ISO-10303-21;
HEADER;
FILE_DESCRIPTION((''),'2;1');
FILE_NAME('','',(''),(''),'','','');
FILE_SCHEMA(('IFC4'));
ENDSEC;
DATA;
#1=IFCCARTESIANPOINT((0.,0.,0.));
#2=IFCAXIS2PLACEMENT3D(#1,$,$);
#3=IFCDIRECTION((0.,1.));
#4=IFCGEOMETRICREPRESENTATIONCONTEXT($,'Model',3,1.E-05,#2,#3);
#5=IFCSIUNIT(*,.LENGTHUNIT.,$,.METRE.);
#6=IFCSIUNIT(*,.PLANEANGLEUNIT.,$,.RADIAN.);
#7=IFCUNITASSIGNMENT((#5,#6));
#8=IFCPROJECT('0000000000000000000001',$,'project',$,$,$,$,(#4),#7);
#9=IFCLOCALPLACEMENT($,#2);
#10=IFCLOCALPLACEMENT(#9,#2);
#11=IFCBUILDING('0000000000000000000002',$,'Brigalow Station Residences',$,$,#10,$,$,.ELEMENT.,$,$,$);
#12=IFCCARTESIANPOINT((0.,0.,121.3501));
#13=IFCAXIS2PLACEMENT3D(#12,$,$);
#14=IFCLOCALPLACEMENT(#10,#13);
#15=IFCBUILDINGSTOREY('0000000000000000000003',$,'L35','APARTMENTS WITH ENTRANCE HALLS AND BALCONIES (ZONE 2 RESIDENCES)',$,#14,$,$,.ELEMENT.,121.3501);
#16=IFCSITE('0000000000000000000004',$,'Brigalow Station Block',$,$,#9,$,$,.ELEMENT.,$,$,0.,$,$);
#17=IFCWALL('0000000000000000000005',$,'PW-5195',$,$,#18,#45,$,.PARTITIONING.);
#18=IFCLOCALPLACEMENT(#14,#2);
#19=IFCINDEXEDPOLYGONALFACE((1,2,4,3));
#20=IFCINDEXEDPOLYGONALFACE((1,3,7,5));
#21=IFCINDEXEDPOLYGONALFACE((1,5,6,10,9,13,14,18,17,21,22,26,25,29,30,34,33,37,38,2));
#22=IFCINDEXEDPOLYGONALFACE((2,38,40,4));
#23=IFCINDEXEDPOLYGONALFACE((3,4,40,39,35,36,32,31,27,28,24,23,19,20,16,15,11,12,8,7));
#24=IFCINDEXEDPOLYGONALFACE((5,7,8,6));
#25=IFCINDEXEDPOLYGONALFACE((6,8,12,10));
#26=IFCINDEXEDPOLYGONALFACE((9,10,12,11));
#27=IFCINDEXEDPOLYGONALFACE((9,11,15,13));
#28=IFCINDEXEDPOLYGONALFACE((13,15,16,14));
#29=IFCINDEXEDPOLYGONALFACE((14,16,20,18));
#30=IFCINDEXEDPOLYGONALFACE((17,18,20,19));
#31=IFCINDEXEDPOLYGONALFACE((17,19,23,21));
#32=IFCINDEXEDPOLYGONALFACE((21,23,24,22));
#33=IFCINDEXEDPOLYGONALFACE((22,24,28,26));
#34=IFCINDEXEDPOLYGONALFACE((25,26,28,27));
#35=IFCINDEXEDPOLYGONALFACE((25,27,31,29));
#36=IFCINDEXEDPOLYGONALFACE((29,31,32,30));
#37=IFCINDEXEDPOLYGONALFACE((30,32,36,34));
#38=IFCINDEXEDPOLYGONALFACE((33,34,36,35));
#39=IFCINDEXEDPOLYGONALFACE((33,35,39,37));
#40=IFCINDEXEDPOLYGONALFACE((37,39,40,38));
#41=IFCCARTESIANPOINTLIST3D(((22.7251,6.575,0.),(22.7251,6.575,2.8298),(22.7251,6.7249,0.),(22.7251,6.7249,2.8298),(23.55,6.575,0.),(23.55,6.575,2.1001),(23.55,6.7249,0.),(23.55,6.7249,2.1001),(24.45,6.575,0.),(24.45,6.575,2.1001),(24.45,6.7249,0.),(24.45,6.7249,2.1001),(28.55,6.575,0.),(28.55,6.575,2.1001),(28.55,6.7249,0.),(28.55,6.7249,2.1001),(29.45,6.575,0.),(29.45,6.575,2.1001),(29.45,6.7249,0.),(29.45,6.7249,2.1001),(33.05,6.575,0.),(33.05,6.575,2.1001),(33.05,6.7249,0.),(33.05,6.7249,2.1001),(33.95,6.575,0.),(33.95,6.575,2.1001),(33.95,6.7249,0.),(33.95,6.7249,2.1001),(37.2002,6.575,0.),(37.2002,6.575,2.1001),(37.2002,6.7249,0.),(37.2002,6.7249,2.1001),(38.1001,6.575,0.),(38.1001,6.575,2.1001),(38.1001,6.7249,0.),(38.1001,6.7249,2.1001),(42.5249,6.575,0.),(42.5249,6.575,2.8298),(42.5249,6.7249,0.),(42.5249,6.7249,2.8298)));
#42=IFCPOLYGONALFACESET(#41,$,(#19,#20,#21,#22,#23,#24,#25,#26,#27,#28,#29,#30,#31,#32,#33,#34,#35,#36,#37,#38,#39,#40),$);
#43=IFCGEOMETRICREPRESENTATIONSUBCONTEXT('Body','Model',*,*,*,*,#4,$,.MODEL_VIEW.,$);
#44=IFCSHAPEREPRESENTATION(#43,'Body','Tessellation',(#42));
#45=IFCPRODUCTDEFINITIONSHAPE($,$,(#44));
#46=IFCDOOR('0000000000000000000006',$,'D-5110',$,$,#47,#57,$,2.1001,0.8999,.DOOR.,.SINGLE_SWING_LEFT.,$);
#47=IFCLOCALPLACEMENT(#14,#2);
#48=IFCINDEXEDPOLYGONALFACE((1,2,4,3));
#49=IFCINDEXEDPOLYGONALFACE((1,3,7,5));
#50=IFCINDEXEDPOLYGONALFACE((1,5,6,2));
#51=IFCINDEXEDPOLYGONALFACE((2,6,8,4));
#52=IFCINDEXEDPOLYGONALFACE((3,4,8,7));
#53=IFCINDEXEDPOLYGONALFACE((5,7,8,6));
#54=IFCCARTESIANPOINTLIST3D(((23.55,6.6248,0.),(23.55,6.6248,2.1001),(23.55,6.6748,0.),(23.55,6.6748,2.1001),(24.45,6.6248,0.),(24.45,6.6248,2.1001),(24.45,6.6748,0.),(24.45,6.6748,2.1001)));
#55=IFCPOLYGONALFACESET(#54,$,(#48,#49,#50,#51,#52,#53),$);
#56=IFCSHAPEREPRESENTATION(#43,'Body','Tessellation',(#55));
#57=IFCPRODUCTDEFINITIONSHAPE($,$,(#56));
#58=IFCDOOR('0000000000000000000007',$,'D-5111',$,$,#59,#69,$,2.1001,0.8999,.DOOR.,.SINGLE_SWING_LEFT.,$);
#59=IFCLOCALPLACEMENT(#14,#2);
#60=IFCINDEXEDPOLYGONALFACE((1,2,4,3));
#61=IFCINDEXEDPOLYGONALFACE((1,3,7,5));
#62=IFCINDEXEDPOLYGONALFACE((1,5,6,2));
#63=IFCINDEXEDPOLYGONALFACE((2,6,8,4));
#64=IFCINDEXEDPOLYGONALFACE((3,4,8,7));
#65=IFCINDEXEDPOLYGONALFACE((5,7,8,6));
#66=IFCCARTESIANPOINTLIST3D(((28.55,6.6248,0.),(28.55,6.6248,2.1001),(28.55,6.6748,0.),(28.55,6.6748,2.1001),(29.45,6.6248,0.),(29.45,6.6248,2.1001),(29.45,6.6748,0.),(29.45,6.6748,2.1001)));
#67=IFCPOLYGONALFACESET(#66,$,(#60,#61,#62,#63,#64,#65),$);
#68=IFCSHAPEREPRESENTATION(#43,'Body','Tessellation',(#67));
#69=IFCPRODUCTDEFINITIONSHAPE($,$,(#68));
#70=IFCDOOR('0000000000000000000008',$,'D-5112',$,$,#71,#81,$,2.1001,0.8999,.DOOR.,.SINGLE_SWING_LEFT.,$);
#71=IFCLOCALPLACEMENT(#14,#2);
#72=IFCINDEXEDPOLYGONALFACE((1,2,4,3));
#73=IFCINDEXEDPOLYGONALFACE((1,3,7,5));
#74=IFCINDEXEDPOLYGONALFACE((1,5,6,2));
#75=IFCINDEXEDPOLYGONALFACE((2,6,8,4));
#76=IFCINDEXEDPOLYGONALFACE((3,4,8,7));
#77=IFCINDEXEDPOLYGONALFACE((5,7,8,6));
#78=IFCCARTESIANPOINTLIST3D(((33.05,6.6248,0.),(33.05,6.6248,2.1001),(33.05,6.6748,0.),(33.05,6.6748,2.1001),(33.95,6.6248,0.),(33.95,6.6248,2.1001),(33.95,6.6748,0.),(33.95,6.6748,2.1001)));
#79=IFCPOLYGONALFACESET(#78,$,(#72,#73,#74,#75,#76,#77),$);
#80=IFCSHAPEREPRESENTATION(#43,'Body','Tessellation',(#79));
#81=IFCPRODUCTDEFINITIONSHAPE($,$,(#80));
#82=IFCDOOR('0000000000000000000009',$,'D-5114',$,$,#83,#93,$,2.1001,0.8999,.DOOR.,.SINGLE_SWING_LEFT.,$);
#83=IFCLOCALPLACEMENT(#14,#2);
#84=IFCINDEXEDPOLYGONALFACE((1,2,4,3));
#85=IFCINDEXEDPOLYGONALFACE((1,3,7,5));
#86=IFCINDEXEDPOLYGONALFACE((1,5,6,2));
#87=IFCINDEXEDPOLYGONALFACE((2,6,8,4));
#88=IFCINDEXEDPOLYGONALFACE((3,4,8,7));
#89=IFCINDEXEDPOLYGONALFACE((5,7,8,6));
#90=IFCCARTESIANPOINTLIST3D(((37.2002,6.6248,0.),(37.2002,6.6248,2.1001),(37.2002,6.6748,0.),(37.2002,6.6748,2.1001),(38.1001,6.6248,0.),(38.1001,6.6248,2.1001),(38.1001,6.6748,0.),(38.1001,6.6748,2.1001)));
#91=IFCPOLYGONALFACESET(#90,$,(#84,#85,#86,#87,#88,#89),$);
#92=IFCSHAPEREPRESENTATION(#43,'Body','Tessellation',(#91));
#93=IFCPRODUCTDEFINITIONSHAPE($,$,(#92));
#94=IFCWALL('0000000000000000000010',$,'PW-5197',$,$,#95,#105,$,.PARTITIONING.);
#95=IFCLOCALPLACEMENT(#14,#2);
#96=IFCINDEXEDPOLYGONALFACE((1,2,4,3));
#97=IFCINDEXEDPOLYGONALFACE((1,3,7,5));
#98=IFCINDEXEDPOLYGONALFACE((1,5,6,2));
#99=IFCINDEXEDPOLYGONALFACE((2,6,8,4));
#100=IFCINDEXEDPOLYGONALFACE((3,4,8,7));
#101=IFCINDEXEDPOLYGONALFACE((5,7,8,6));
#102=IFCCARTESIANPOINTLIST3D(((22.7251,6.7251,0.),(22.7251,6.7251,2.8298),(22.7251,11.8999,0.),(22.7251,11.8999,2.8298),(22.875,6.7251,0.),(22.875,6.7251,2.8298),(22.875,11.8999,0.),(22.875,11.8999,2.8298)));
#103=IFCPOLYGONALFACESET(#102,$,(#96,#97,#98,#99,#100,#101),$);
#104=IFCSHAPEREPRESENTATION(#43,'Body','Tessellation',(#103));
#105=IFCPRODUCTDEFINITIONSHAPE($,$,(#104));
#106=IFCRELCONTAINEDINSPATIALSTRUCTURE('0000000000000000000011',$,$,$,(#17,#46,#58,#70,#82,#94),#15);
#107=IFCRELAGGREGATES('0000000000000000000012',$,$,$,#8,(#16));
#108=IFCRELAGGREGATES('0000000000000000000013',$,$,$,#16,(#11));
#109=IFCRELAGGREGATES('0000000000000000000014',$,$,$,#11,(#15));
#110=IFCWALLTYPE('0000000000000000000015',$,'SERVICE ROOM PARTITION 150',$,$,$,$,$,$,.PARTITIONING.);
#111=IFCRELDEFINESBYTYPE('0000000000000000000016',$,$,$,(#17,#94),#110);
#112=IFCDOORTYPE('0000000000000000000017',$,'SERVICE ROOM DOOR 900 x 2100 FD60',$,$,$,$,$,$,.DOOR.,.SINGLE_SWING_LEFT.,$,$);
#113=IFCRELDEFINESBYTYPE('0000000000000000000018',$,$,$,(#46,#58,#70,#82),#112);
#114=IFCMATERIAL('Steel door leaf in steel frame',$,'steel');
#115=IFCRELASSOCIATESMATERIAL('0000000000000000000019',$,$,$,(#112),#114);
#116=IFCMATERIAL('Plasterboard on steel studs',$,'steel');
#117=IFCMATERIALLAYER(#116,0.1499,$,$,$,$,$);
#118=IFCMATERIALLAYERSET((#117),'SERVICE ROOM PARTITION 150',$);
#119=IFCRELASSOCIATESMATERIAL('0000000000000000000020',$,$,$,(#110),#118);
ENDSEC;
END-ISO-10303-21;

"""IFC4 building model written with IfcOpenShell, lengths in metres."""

from ifc_helpers import new_model, si_unit, direction, frame, frame_2d, origin, place, context, subcontext, project, spatial, rectangle, extrude, material, layer, layer_set, type_object, element, fill, save


model = new_model("IFC4")

# Units and contexts
model_context = context("Model", 3, precision=1e-05, world=origin(), true_north=direction((0.0, 1.0)))
body_context = subcontext(model_context, "Body", "Model", "MODEL_VIEW")
ifc_project = project(units=[si_unit("LENGTHUNIT", "METRE"), si_unit("PLANEANGLEUNIT", "RADIAN")], contexts=[model_context])

# Site, building, storey
site_placement = place(None, origin())
site = spatial("IfcSite", under=ifc_project, at=site_placement, Name="Brigalow Station Block", CompositionType="ELEMENT", RefElevation=0.0)
building_placement = place(site_placement, origin())
building = spatial("IfcBuilding", under=site, at=building_placement, Name="Brigalow Station Residences", CompositionType="ELEMENT")
storey_placement = place(building_placement, frame((0.0, 0.0, 121.3501)))
storey = spatial("IfcBuildingStorey", under=building, at=storey_placement, Name="L35", Description="APARTMENTS WITH ENTRANCE HALLS AND BALCONIES (ZONE 2 RESIDENCES)", CompositionType="ELEMENT", Elevation=121.3501)

# Shared definitions
ifc_material_1 = material(Name="Steel door leaf in steel frame", Category="steel")
door_type_1 = type_object("IfcDoorType", Name="SERVICE ROOM DOOR 900 x 2100 FD60", OperationType="SINGLE_SWING_LEFT", PredefinedType="DOOR", material=ifc_material_1)

# Shared definitions
ifc_material_2 = material(Name="Plasterboard on steel studs", Category="steel")
ifc_layer_1 = layer(ifc_material_2, 0.1499)
ifc_layer_set_1 = layer_set([ifc_layer_1], Name="SERVICE ROOM PARTITION 150")
wall_type_1 = type_object("IfcWallType", Name="SERVICE ROOM PARTITION 150", PredefinedType="PARTITIONING", material=ifc_layer_set_1)

# Wall, openings, doors
wall_1_placement = place(storey_placement, frame((22.7251, 6.6499, 0.0), z_axis=(0.0, 0.0, 1.0), x_axis=(1.0, 0.0, 0.0)))
wall_1 = element("IfcWall", 1, at=wall_1_placement, inside=storey, type_object=wall_type_1, Name="PW-5195", PredefinedType="PARTITIONING", context=body_context, shape_type="SweptSolid", body=[
    extrude(rectangle(XDim=19.7998, YDim=0.1499, at=frame_2d((9.8999, 0.0))), origin(), (0.0, 0.0, 1.0), 2.8298),
])
opening_1_placement = place(wall_1_placement, frame((0.825, 0.0, 0.0)))
opening_1 = element("IfcOpeningElement", 2, at=opening_1_placement, cuts=wall_1, PredefinedType="OPENING", context=body_context, shape_type="SweptSolid", body=[
    extrude(rectangle(XDim=0.8999, YDim=2.1001, at=frame_2d((0.45, 1.05))), frame((0.0, 0.085, 0.0), z_axis=(0.0, -1.0, 0.0), x_axis=(1.0, 0.0, 0.0)), (0.0, 0.0, 1.0), 0.1699),
])
opening_2_placement = place(wall_1_placement, frame((5.825, 0.0, 0.0)))
opening_2 = element("IfcOpeningElement", 3, at=opening_2_placement, cuts=wall_1, PredefinedType="OPENING", context=body_context, shape_type="SweptSolid", body=[
    extrude(rectangle(XDim=0.8999, YDim=2.1001, at=frame_2d((0.45, 1.05))), frame((0.0, 0.085, 0.0), z_axis=(0.0, -1.0, 0.0), x_axis=(1.0, 0.0, 0.0)), (0.0, 0.0, 1.0), 0.1699),
])
opening_3_placement = place(wall_1_placement, frame((10.325, 0.0, 0.0)))
opening_3 = element("IfcOpeningElement", 4, at=opening_3_placement, cuts=wall_1, PredefinedType="OPENING", context=body_context, shape_type="SweptSolid", body=[
    extrude(rectangle(XDim=0.8999, YDim=2.1001, at=frame_2d((0.45, 1.05))), frame((0.0, 0.085, 0.0), z_axis=(0.0, -1.0, 0.0), x_axis=(1.0, 0.0, 0.0)), (0.0, 0.0, 1.0), 0.1699),
])
opening_4_placement = place(wall_1_placement, frame((14.4751, 0.0, 0.0)))
opening_4 = element("IfcOpeningElement", 5, at=opening_4_placement, cuts=wall_1, PredefinedType="OPENING", context=body_context, shape_type="SweptSolid", body=[
    extrude(rectangle(XDim=0.8999, YDim=2.1001, at=frame_2d((0.45, 1.05))), frame((0.0, 0.085, 0.0), z_axis=(0.0, -1.0, 0.0), x_axis=(1.0, 0.0, 0.0)), (0.0, 0.0, 1.0), 0.1699),
])
door_1_placement = place(opening_1_placement, origin())
door_1 = element("IfcDoor", 6, at=door_1_placement, inside=storey, type_object=door_type_1, Name="D-5110", OperationType="SINGLE_SWING_LEFT", OverallHeight=2.1001, OverallWidth=0.8999, PredefinedType="DOOR", context=body_context, shape_type="SweptSolid", body=[
    extrude(rectangle(XDim=0.8999, YDim=2.1001, at=frame_2d((0.45, 1.05))), frame((0.0, 0.0249, 0.0), z_axis=(0.0, -1.0, 0.0), x_axis=(1.0, 0.0, 0.0)), (0.0, 0.0, 1.0), 0.05),
])
fill(opening_1, door_1)
door_2_placement = place(opening_2_placement, origin())
door_2 = element("IfcDoor", 7, at=door_2_placement, inside=storey, type_object=door_type_1, Name="D-5111", OperationType="SINGLE_SWING_LEFT", OverallHeight=2.1001, OverallWidth=0.8999, PredefinedType="DOOR", context=body_context, shape_type="SweptSolid", body=[
    extrude(rectangle(XDim=0.8999, YDim=2.1001, at=frame_2d((0.45, 1.05))), frame((0.0, 0.0249, 0.0), z_axis=(0.0, -1.0, 0.0), x_axis=(1.0, 0.0, 0.0)), (0.0, 0.0, 1.0), 0.05),
])
fill(opening_2, door_2)
door_3_placement = place(opening_3_placement, origin())
door_3 = element("IfcDoor", 8, at=door_3_placement, inside=storey, type_object=door_type_1, Name="D-5112", OperationType="SINGLE_SWING_LEFT", OverallHeight=2.1001, OverallWidth=0.8999, PredefinedType="DOOR", context=body_context, shape_type="SweptSolid", body=[
    extrude(rectangle(XDim=0.8999, YDim=2.1001, at=frame_2d((0.45, 1.05))), frame((0.0, 0.0249, 0.0), z_axis=(0.0, -1.0, 0.0), x_axis=(1.0, 0.0, 0.0)), (0.0, 0.0, 1.0), 0.05),
])
fill(opening_3, door_3)
door_4_placement = place(opening_4_placement, origin())
door_4 = element("IfcDoor", 9, at=door_4_placement, inside=storey, type_object=door_type_1, Name="D-5114", OperationType="SINGLE_SWING_LEFT", OverallHeight=2.1001, OverallWidth=0.8999, PredefinedType="DOOR", context=body_context, shape_type="SweptSolid", body=[
    extrude(rectangle(XDim=0.8999, YDim=2.1001, at=frame_2d((0.45, 1.05))), frame((0.0, 0.0249, 0.0), z_axis=(0.0, -1.0, 0.0), x_axis=(1.0, 0.0, 0.0)), (0.0, 0.0, 1.0), 0.05),
])
fill(opening_4, door_4)

# Wall
wall_2_placement = place(storey_placement, frame((22.8, 6.7251, 0.0), z_axis=(0.0, 0.0, 1.0), x_axis=(0.0, 1.0, 0.0)))
element("IfcWall", 10, at=wall_2_placement, inside=storey, type_object=wall_type_1, Name="PW-5197", PredefinedType="PARTITIONING", context=body_context, shape_type="SweptSolid", body=[
    extrude(rectangle(XDim=5.1748, YDim=0.1499, at=frame_2d((2.5874, 0.0))), origin(), (0.0, 0.0, 1.0), 2.8298),
])

save(model, "model.ifc")
